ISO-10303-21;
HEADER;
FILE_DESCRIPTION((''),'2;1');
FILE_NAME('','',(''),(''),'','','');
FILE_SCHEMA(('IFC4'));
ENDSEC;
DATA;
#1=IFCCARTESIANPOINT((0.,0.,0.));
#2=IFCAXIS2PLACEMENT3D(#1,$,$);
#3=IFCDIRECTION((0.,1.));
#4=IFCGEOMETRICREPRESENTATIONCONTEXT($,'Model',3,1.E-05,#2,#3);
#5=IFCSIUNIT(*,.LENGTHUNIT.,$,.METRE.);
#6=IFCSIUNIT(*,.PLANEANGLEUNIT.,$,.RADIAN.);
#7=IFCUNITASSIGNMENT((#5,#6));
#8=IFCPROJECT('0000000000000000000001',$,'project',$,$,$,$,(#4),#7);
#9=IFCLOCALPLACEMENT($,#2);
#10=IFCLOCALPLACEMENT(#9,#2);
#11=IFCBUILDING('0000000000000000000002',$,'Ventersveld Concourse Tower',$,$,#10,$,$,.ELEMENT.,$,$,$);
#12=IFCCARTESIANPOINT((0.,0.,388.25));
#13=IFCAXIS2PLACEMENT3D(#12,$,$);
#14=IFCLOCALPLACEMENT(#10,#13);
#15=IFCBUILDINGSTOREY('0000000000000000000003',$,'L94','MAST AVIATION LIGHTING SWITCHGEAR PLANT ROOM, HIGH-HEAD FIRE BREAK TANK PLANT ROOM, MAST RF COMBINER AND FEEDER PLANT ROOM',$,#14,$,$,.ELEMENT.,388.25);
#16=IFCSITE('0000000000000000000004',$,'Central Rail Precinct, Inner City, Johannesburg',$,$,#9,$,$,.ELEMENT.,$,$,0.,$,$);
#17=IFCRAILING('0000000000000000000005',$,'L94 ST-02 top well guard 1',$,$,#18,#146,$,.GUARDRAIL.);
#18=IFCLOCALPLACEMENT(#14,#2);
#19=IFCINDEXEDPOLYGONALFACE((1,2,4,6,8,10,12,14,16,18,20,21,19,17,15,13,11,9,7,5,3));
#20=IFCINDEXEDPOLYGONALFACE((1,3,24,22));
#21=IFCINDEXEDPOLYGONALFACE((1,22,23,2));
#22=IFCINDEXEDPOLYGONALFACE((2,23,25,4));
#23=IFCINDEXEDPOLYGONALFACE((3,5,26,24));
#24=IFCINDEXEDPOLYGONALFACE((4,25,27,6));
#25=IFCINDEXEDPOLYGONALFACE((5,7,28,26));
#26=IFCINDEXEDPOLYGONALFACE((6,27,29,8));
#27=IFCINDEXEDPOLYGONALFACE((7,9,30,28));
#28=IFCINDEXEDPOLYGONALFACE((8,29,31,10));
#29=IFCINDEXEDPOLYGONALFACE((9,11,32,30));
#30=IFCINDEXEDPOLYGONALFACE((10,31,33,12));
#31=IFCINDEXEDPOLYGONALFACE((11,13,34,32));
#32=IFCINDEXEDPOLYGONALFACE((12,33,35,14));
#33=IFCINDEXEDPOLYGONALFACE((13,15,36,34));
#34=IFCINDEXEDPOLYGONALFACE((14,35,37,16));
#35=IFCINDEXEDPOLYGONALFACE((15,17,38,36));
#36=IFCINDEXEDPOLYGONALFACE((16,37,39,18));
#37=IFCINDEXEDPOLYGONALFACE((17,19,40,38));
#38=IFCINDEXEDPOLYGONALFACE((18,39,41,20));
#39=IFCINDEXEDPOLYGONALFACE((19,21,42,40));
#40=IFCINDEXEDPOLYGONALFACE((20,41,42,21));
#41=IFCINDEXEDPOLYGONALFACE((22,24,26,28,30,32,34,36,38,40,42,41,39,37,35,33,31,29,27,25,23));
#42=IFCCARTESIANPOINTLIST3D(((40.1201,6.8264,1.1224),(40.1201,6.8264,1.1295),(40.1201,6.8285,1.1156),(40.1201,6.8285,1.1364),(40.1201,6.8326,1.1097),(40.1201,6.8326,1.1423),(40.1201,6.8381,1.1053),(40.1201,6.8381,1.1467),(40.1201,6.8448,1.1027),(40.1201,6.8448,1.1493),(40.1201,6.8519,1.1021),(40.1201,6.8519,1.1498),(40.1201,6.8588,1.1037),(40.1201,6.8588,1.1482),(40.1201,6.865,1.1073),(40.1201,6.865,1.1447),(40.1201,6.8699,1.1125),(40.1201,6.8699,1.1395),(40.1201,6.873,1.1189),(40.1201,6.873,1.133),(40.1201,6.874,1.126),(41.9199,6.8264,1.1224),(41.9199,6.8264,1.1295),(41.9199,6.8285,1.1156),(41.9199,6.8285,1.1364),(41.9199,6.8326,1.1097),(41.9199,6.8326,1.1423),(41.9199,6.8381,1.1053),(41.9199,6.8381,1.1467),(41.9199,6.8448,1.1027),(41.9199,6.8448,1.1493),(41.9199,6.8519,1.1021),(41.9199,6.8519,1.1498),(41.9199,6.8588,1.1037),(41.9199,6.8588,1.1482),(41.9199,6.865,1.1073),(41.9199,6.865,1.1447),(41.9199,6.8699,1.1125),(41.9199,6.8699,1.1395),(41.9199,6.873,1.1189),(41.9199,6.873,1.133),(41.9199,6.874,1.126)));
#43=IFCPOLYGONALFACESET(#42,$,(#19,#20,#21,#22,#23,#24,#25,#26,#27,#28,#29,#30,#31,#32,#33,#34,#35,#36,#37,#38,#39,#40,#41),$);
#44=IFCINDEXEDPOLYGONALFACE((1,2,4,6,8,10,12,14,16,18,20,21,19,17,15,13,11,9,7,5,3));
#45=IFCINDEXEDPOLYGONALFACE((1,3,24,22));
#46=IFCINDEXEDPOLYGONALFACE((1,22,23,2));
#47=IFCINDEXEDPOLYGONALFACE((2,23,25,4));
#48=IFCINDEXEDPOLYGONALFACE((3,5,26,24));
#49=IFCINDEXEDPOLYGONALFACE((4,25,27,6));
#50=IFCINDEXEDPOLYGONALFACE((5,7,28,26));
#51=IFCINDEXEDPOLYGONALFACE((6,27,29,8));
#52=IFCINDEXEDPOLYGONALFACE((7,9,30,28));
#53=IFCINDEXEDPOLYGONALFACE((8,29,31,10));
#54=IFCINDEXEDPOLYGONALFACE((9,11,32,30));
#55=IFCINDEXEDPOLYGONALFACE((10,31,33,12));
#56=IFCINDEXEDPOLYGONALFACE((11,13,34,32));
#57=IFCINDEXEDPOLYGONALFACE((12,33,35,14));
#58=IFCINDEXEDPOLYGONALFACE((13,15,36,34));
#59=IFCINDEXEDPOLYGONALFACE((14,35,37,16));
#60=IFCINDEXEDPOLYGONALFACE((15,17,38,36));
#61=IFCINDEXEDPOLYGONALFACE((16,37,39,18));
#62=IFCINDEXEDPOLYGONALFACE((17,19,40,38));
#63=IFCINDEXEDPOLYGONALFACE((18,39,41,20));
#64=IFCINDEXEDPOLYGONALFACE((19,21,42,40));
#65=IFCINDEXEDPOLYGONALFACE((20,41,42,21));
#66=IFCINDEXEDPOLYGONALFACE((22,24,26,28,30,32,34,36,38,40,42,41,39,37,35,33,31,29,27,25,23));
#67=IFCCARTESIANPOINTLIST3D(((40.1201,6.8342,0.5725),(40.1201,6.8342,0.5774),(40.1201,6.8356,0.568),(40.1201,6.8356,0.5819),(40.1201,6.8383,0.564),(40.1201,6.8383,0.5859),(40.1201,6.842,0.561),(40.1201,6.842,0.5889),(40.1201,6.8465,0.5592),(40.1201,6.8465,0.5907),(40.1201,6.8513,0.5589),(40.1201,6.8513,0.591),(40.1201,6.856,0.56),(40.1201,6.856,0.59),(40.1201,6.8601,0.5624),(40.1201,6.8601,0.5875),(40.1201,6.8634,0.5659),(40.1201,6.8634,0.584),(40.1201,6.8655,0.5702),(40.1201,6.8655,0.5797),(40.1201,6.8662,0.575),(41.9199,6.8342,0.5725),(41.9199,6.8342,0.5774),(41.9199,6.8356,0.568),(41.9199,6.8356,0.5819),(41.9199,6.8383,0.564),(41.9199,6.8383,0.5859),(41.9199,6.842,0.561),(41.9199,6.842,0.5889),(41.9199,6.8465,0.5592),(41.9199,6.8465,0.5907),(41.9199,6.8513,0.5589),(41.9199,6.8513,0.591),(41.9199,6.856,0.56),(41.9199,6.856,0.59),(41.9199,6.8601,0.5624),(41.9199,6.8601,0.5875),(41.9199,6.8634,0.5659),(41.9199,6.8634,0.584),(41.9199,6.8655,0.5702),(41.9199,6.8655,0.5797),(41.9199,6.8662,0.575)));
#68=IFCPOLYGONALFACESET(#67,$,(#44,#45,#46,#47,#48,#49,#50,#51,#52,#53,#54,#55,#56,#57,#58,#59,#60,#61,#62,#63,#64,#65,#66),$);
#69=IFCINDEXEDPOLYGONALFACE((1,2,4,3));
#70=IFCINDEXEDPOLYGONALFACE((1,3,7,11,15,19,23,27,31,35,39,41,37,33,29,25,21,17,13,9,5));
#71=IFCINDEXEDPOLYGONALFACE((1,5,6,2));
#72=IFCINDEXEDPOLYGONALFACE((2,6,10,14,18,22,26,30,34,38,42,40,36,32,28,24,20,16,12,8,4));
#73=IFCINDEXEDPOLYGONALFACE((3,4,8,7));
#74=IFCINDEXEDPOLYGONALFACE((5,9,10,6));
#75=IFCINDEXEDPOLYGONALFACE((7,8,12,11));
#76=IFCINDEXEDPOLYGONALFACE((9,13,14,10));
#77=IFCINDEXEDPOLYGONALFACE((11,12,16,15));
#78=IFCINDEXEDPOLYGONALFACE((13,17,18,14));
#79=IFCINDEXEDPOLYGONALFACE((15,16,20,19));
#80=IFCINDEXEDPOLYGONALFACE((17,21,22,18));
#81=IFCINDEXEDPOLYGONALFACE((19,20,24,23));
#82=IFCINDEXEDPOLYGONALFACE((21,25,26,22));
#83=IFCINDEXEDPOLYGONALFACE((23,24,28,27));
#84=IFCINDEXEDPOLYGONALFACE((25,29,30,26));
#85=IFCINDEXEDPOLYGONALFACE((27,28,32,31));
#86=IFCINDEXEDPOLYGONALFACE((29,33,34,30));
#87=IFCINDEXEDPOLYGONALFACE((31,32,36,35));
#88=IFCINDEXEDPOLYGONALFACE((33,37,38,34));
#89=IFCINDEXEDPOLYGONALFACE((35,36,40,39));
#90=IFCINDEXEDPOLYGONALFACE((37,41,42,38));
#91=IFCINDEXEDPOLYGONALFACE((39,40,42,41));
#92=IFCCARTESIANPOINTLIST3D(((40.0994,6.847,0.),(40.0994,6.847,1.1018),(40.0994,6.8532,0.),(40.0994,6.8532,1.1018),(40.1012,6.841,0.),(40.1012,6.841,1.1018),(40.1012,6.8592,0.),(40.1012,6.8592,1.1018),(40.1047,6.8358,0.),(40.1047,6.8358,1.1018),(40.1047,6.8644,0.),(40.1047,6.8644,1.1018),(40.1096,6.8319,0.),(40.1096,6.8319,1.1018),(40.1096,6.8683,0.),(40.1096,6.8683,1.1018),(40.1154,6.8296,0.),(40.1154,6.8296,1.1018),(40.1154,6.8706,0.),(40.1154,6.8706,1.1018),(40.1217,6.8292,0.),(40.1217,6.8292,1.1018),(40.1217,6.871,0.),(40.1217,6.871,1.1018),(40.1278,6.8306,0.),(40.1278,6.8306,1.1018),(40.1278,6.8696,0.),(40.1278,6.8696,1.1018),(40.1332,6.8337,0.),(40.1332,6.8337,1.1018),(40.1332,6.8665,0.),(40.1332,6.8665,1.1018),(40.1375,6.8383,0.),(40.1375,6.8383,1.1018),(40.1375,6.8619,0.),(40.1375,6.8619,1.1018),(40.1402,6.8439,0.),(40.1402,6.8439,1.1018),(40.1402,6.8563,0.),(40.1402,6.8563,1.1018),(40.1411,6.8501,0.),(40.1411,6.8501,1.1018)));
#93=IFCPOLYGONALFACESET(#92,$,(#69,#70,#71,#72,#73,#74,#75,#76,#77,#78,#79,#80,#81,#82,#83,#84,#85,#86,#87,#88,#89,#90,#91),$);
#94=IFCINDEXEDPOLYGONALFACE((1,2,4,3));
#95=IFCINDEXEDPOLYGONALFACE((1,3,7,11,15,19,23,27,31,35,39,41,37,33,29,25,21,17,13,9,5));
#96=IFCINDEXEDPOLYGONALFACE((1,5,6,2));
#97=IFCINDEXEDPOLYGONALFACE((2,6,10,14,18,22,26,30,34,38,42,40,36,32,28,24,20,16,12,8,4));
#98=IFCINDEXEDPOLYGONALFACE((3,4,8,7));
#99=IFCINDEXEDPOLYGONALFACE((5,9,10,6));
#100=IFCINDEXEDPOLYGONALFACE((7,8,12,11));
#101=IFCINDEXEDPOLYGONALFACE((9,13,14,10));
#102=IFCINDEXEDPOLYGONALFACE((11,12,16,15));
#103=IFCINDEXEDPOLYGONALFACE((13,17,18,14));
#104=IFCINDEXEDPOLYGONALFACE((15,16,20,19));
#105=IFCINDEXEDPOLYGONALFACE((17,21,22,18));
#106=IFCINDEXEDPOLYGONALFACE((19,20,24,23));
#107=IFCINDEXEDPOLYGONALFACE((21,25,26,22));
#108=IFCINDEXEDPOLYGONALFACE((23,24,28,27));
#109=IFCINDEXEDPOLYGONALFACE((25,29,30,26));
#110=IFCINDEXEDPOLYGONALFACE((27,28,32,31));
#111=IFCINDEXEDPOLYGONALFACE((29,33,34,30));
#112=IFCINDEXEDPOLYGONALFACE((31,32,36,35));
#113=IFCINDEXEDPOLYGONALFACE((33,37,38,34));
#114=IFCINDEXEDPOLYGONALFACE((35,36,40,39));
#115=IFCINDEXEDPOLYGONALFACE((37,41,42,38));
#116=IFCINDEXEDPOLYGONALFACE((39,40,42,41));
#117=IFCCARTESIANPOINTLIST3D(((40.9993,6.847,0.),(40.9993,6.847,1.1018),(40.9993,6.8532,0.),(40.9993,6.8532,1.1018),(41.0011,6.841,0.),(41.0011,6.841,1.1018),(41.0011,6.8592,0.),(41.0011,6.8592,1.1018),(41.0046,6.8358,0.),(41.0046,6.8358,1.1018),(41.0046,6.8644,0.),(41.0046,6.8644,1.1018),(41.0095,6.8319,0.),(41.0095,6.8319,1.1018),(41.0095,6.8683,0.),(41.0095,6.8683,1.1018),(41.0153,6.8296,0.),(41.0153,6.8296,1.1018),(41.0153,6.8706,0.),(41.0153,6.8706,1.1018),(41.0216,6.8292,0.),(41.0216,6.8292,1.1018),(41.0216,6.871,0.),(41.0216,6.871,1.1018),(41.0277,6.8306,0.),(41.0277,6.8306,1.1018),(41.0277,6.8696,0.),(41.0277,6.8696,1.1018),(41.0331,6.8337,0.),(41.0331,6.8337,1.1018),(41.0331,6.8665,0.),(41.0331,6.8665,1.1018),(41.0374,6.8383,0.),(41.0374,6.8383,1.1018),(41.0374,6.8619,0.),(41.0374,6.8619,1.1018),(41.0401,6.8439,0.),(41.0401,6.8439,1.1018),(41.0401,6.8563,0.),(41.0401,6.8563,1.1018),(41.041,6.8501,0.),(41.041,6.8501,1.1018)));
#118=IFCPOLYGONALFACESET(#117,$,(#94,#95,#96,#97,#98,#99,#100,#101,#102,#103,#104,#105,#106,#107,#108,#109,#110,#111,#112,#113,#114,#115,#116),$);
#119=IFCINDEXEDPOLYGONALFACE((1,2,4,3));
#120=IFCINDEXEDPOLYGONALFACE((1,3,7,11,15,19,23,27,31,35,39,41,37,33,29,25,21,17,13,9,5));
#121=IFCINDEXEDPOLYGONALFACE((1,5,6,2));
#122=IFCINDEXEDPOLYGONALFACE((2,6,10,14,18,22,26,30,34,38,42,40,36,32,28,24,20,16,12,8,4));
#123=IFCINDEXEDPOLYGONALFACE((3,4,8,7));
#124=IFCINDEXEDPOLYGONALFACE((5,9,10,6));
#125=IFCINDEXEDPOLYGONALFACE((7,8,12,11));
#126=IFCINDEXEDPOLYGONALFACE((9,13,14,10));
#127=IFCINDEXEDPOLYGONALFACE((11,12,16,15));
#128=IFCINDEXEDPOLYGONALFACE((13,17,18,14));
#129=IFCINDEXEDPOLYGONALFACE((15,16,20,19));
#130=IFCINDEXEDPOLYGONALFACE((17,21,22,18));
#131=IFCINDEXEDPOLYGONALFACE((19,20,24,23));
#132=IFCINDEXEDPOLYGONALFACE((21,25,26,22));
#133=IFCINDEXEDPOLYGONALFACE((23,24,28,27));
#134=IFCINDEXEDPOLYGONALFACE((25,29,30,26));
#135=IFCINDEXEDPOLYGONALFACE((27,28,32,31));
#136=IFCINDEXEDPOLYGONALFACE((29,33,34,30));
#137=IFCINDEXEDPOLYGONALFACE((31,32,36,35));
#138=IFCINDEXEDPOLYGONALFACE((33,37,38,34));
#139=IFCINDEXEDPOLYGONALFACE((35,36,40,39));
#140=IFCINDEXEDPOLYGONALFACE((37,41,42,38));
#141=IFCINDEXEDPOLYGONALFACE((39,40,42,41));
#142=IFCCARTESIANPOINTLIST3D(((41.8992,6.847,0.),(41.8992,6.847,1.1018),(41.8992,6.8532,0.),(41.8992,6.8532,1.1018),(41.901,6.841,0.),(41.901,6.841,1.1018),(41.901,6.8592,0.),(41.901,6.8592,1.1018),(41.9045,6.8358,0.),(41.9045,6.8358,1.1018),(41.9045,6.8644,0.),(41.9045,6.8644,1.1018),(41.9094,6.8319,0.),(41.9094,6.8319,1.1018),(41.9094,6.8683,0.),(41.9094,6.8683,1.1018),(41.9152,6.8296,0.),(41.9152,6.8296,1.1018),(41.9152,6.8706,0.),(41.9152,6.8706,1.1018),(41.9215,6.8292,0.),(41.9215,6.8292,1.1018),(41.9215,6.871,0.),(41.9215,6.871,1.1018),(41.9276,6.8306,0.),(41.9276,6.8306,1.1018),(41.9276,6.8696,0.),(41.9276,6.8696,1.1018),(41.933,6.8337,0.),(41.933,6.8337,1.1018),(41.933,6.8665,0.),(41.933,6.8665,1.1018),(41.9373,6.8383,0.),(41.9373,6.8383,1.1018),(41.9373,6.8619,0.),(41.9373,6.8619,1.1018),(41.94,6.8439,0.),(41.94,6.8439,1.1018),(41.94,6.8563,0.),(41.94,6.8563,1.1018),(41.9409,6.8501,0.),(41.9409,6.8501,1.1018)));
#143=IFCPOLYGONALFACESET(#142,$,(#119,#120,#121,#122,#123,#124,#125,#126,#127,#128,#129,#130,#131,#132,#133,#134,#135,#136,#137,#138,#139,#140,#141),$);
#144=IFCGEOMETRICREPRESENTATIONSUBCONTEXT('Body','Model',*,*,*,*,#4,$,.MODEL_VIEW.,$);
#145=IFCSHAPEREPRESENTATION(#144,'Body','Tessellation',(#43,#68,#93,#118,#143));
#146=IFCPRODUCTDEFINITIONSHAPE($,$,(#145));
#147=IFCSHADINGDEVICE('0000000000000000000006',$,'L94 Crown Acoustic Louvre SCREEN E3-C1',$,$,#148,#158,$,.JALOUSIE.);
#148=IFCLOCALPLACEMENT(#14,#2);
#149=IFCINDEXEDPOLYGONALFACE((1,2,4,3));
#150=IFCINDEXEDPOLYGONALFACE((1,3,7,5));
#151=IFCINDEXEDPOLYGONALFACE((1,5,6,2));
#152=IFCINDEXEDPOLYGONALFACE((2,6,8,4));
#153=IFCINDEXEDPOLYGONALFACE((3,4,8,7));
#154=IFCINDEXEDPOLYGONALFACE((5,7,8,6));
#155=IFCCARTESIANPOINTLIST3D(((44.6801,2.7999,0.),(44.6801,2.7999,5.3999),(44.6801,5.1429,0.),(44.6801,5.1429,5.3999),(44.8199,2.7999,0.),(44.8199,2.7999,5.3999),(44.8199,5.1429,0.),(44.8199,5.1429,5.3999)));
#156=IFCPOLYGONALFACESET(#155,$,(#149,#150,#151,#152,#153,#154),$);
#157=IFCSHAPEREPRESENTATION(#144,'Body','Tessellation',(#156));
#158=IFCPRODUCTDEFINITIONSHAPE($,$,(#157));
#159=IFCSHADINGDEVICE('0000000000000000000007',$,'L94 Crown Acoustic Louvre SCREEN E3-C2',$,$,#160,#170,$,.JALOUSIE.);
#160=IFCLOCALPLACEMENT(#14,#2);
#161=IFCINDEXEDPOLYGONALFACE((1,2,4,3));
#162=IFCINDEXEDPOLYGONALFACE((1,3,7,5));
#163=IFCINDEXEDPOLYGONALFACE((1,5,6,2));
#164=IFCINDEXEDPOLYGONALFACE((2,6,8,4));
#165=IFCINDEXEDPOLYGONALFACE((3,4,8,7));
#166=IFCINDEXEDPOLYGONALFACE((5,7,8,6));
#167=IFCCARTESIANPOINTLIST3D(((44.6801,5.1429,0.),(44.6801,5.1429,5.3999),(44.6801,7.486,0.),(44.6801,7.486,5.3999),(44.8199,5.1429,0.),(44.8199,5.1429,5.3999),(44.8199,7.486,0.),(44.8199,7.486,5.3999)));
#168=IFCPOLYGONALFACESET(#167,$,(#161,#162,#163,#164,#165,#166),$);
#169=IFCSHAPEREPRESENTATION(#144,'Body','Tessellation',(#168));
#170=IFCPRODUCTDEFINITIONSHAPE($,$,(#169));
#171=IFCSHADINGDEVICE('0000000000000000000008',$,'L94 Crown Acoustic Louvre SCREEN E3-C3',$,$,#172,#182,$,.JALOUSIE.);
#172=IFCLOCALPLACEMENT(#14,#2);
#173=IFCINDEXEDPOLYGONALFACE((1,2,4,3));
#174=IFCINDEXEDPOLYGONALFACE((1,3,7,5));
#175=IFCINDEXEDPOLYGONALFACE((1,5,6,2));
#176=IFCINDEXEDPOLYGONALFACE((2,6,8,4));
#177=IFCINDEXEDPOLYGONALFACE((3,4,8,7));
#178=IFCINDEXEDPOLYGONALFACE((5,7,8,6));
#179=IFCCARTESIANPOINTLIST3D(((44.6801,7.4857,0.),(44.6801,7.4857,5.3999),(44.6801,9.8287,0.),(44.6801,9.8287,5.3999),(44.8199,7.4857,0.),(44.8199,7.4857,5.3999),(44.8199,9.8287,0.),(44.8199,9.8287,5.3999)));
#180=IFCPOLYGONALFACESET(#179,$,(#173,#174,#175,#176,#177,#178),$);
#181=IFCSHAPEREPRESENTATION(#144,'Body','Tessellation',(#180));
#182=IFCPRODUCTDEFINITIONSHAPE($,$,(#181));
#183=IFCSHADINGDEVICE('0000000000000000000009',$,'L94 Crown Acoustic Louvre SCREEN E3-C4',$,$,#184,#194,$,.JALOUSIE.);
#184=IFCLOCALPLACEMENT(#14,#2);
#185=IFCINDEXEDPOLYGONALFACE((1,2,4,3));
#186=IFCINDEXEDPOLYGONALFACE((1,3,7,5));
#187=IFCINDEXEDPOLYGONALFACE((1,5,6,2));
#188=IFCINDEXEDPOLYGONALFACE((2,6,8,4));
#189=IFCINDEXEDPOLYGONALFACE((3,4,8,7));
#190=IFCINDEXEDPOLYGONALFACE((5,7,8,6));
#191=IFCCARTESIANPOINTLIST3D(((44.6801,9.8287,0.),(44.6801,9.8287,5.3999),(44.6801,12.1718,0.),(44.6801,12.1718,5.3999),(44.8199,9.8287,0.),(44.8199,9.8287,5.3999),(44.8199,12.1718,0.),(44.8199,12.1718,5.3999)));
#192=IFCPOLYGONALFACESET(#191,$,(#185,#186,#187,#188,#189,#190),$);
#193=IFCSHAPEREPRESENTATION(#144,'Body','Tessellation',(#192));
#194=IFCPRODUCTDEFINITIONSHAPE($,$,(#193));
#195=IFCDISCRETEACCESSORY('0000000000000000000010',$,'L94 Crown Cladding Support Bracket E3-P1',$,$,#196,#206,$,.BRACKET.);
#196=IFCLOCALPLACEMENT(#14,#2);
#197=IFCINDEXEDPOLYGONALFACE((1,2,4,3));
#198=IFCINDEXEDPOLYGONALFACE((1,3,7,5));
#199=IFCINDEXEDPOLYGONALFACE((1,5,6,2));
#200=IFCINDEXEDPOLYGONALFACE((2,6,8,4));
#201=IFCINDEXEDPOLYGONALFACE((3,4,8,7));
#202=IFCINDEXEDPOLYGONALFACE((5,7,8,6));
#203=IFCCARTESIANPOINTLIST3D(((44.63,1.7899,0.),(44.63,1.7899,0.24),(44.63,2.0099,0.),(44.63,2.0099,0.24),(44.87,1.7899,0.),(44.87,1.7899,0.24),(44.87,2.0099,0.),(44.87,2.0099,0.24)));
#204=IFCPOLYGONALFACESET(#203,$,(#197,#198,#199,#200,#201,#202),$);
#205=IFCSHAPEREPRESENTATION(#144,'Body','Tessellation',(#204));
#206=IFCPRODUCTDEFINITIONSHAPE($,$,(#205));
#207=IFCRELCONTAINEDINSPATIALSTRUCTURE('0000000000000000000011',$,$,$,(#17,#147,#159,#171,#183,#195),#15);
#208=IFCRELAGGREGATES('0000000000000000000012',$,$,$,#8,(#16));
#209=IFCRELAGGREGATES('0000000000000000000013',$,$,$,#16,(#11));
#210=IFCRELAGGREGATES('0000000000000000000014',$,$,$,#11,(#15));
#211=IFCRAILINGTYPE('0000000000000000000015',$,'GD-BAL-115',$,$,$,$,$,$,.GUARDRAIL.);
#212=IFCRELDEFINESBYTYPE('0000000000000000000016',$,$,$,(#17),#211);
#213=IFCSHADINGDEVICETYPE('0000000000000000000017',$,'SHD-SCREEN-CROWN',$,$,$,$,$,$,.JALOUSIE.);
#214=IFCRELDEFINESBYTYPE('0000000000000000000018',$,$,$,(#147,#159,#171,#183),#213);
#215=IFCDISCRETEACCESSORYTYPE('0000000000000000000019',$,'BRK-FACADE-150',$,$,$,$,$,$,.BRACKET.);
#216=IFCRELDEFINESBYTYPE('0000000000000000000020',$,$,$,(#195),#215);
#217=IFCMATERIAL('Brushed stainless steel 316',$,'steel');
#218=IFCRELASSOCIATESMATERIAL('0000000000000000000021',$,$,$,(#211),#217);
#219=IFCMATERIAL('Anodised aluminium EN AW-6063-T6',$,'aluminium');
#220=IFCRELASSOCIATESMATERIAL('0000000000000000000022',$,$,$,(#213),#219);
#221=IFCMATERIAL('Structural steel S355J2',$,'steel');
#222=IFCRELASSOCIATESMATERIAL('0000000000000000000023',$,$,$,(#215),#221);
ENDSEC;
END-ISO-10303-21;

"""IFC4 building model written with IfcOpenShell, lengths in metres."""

from ifc_helpers import new_model, si_unit, direction, frame, origin, origin_2d, place, context, subcontext, project, spatial, rectangle, circle, extrude, material, type_object, element, save


model = new_model("IFC4")

# Units and contexts
model_context = context("Model", 3, precision=1e-05, world=origin(), true_north=direction((0.0, 1.0)))
body_context = subcontext(model_context, "Body", "Model", "MODEL_VIEW")
ifc_project = project(units=[si_unit("LENGTHUNIT", "METRE"), si_unit("PLANEANGLEUNIT", "RADIAN")], contexts=[model_context])

# Site, building, storey
site_placement = place(None, origin())
site = spatial("IfcSite", under=ifc_project, at=site_placement, Name="Central Rail Precinct, Inner City, Johannesburg", CompositionType="ELEMENT", RefElevation=0.0)
building_placement = place(site_placement, origin())
building = spatial("IfcBuilding", under=site, at=building_placement, Name="Ventersveld Concourse Tower", CompositionType="ELEMENT")
storey_placement = place(building_placement, frame((0.0, 0.0, 388.25)))
storey = spatial("IfcBuildingStorey", under=building, at=storey_placement, Name="L94", Description="MAST AVIATION LIGHTING SWITCHGEAR PLANT ROOM, HIGH-HEAD FIRE BREAK TANK PLANT ROOM, MAST RF COMBINER AND FEEDER PLANT ROOM", CompositionType="ELEMENT", Elevation=388.25)

# Shared definitions
ifc_material_1 = material(Name="Structural steel S355J2", Category="steel")

# Shared definitions
ifc_material_2 = material(Name="Brushed stainless steel 316", Category="steel")

# Railing
railing_type = type_object("IfcRailingType", Name="GD-BAL-115", PredefinedType="GUARDRAIL", material=ifc_material_2)
railing_placement = place(storey_placement, frame((40.1201, 6.8501, 0.0)))
element("IfcRailing", 1, at=railing_placement, inside=storey, type_object=railing_type, Name="L94 ST-02 top well guard 1", PredefinedType="GUARDRAIL", context=body_context, shape_type="SweptSolid", body=[
    extrude(circle(Radius=0.0239, at=origin_2d()), frame((0.0, 0.0, 1.126), z_axis=(1.0, 0.0, 0.0), x_axis=(0.0, 1.0, 0.0)), (0.0, 0.0, 1.0), 1.7998),
    extrude(circle(Radius=0.0161, at=origin_2d()), frame((0.0, 0.0, 0.575), z_axis=(1.0, 0.0, 0.0), x_axis=(0.0, 1.0, 0.0)), (0.0, 0.0, 1.0), 1.7998),
    extrude(circle(Radius=0.021, at=origin_2d()), origin(), (0.0, 0.0, 1.0), 1.1018),
    extrude(circle(Radius=0.021, at=origin_2d()), frame((0.8999, 0.0, 0.0)), (0.0, 0.0, 1.0), 1.1018),
    extrude(circle(Radius=0.021, at=origin_2d()), frame((1.7998, 0.0, 0.0)), (0.0, 0.0, 1.0), 1.1018),
])

# Shading devices
ifc_material_3 = material(Name="Anodised aluminium EN AW-6063-T6", Category="aluminium")
shading_device_type = type_object("IfcShadingDeviceType", Name="SHD-SCREEN-CROWN", PredefinedType="JALOUSIE", material=ifc_material_3)
for number, where, z_axis, x_axis, name in (
    (2, (44.75, 3.9714, 0.0), (0.0, 0.0, 1.0), (0.0, 1.0, 0.0), "L94 Crown Acoustic Louvre SCREEN E3-C1"),
    (3, (44.75, 6.3145, 0.0), (0.0, 0.0, 1.0), (0.0, 1.0, 0.0), "L94 Crown Acoustic Louvre SCREEN E3-C2"),
    (4, (44.75, 8.6572, 0.0), (0.0, 0.0, 1.0), (0.0, 1.0, 0.0), "L94 Crown Acoustic Louvre SCREEN E3-C3"),
    (5, (44.75, 11.0002, 0.0), (0.0, 0.0, 1.0), (0.0, 1.0, 0.0), "L94 Crown Acoustic Louvre SCREEN E3-C4"),
):
    element("IfcShadingDevice", number, at=place(storey_placement, frame(where, z_axis=z_axis, x_axis=x_axis)), inside=storey, type_object=shading_device_type, Name=name, PredefinedType="JALOUSIE", context=body_context, shape_type="SweptSolid", body=[
        extrude(rectangle(XDim=2.343, YDim=0.1399, at=origin_2d()), origin(), (0.0, 0.0, 1.0), 5.3999),
    ])

# Discrete accessory
discrete_accessory_type_1 = type_object("IfcDiscreteAccessoryType", Name="BRK-FACADE-150", PredefinedType="BRACKET", material=ifc_material_1)
discrete_accessory_placement = place(storey_placement, frame((44.75, 1.8999, 0.0), z_axis=(0.0, 0.0, 1.0), x_axis=(0.0, 1.0, 0.0)))
element("IfcDiscreteAccessory", 6, at=discrete_accessory_placement, inside=storey, type_object=discrete_accessory_type_1, Name="L94 Crown Cladding Support Bracket E3-P1", PredefinedType="BRACKET", context=body_context, shape_type="SweptSolid", body=[
    extrude(rectangle(XDim=0.22, YDim=0.24, at=origin_2d()), origin(), (0.0, 0.0, 1.0), 0.24),
])

save(model, "model.ifc")
